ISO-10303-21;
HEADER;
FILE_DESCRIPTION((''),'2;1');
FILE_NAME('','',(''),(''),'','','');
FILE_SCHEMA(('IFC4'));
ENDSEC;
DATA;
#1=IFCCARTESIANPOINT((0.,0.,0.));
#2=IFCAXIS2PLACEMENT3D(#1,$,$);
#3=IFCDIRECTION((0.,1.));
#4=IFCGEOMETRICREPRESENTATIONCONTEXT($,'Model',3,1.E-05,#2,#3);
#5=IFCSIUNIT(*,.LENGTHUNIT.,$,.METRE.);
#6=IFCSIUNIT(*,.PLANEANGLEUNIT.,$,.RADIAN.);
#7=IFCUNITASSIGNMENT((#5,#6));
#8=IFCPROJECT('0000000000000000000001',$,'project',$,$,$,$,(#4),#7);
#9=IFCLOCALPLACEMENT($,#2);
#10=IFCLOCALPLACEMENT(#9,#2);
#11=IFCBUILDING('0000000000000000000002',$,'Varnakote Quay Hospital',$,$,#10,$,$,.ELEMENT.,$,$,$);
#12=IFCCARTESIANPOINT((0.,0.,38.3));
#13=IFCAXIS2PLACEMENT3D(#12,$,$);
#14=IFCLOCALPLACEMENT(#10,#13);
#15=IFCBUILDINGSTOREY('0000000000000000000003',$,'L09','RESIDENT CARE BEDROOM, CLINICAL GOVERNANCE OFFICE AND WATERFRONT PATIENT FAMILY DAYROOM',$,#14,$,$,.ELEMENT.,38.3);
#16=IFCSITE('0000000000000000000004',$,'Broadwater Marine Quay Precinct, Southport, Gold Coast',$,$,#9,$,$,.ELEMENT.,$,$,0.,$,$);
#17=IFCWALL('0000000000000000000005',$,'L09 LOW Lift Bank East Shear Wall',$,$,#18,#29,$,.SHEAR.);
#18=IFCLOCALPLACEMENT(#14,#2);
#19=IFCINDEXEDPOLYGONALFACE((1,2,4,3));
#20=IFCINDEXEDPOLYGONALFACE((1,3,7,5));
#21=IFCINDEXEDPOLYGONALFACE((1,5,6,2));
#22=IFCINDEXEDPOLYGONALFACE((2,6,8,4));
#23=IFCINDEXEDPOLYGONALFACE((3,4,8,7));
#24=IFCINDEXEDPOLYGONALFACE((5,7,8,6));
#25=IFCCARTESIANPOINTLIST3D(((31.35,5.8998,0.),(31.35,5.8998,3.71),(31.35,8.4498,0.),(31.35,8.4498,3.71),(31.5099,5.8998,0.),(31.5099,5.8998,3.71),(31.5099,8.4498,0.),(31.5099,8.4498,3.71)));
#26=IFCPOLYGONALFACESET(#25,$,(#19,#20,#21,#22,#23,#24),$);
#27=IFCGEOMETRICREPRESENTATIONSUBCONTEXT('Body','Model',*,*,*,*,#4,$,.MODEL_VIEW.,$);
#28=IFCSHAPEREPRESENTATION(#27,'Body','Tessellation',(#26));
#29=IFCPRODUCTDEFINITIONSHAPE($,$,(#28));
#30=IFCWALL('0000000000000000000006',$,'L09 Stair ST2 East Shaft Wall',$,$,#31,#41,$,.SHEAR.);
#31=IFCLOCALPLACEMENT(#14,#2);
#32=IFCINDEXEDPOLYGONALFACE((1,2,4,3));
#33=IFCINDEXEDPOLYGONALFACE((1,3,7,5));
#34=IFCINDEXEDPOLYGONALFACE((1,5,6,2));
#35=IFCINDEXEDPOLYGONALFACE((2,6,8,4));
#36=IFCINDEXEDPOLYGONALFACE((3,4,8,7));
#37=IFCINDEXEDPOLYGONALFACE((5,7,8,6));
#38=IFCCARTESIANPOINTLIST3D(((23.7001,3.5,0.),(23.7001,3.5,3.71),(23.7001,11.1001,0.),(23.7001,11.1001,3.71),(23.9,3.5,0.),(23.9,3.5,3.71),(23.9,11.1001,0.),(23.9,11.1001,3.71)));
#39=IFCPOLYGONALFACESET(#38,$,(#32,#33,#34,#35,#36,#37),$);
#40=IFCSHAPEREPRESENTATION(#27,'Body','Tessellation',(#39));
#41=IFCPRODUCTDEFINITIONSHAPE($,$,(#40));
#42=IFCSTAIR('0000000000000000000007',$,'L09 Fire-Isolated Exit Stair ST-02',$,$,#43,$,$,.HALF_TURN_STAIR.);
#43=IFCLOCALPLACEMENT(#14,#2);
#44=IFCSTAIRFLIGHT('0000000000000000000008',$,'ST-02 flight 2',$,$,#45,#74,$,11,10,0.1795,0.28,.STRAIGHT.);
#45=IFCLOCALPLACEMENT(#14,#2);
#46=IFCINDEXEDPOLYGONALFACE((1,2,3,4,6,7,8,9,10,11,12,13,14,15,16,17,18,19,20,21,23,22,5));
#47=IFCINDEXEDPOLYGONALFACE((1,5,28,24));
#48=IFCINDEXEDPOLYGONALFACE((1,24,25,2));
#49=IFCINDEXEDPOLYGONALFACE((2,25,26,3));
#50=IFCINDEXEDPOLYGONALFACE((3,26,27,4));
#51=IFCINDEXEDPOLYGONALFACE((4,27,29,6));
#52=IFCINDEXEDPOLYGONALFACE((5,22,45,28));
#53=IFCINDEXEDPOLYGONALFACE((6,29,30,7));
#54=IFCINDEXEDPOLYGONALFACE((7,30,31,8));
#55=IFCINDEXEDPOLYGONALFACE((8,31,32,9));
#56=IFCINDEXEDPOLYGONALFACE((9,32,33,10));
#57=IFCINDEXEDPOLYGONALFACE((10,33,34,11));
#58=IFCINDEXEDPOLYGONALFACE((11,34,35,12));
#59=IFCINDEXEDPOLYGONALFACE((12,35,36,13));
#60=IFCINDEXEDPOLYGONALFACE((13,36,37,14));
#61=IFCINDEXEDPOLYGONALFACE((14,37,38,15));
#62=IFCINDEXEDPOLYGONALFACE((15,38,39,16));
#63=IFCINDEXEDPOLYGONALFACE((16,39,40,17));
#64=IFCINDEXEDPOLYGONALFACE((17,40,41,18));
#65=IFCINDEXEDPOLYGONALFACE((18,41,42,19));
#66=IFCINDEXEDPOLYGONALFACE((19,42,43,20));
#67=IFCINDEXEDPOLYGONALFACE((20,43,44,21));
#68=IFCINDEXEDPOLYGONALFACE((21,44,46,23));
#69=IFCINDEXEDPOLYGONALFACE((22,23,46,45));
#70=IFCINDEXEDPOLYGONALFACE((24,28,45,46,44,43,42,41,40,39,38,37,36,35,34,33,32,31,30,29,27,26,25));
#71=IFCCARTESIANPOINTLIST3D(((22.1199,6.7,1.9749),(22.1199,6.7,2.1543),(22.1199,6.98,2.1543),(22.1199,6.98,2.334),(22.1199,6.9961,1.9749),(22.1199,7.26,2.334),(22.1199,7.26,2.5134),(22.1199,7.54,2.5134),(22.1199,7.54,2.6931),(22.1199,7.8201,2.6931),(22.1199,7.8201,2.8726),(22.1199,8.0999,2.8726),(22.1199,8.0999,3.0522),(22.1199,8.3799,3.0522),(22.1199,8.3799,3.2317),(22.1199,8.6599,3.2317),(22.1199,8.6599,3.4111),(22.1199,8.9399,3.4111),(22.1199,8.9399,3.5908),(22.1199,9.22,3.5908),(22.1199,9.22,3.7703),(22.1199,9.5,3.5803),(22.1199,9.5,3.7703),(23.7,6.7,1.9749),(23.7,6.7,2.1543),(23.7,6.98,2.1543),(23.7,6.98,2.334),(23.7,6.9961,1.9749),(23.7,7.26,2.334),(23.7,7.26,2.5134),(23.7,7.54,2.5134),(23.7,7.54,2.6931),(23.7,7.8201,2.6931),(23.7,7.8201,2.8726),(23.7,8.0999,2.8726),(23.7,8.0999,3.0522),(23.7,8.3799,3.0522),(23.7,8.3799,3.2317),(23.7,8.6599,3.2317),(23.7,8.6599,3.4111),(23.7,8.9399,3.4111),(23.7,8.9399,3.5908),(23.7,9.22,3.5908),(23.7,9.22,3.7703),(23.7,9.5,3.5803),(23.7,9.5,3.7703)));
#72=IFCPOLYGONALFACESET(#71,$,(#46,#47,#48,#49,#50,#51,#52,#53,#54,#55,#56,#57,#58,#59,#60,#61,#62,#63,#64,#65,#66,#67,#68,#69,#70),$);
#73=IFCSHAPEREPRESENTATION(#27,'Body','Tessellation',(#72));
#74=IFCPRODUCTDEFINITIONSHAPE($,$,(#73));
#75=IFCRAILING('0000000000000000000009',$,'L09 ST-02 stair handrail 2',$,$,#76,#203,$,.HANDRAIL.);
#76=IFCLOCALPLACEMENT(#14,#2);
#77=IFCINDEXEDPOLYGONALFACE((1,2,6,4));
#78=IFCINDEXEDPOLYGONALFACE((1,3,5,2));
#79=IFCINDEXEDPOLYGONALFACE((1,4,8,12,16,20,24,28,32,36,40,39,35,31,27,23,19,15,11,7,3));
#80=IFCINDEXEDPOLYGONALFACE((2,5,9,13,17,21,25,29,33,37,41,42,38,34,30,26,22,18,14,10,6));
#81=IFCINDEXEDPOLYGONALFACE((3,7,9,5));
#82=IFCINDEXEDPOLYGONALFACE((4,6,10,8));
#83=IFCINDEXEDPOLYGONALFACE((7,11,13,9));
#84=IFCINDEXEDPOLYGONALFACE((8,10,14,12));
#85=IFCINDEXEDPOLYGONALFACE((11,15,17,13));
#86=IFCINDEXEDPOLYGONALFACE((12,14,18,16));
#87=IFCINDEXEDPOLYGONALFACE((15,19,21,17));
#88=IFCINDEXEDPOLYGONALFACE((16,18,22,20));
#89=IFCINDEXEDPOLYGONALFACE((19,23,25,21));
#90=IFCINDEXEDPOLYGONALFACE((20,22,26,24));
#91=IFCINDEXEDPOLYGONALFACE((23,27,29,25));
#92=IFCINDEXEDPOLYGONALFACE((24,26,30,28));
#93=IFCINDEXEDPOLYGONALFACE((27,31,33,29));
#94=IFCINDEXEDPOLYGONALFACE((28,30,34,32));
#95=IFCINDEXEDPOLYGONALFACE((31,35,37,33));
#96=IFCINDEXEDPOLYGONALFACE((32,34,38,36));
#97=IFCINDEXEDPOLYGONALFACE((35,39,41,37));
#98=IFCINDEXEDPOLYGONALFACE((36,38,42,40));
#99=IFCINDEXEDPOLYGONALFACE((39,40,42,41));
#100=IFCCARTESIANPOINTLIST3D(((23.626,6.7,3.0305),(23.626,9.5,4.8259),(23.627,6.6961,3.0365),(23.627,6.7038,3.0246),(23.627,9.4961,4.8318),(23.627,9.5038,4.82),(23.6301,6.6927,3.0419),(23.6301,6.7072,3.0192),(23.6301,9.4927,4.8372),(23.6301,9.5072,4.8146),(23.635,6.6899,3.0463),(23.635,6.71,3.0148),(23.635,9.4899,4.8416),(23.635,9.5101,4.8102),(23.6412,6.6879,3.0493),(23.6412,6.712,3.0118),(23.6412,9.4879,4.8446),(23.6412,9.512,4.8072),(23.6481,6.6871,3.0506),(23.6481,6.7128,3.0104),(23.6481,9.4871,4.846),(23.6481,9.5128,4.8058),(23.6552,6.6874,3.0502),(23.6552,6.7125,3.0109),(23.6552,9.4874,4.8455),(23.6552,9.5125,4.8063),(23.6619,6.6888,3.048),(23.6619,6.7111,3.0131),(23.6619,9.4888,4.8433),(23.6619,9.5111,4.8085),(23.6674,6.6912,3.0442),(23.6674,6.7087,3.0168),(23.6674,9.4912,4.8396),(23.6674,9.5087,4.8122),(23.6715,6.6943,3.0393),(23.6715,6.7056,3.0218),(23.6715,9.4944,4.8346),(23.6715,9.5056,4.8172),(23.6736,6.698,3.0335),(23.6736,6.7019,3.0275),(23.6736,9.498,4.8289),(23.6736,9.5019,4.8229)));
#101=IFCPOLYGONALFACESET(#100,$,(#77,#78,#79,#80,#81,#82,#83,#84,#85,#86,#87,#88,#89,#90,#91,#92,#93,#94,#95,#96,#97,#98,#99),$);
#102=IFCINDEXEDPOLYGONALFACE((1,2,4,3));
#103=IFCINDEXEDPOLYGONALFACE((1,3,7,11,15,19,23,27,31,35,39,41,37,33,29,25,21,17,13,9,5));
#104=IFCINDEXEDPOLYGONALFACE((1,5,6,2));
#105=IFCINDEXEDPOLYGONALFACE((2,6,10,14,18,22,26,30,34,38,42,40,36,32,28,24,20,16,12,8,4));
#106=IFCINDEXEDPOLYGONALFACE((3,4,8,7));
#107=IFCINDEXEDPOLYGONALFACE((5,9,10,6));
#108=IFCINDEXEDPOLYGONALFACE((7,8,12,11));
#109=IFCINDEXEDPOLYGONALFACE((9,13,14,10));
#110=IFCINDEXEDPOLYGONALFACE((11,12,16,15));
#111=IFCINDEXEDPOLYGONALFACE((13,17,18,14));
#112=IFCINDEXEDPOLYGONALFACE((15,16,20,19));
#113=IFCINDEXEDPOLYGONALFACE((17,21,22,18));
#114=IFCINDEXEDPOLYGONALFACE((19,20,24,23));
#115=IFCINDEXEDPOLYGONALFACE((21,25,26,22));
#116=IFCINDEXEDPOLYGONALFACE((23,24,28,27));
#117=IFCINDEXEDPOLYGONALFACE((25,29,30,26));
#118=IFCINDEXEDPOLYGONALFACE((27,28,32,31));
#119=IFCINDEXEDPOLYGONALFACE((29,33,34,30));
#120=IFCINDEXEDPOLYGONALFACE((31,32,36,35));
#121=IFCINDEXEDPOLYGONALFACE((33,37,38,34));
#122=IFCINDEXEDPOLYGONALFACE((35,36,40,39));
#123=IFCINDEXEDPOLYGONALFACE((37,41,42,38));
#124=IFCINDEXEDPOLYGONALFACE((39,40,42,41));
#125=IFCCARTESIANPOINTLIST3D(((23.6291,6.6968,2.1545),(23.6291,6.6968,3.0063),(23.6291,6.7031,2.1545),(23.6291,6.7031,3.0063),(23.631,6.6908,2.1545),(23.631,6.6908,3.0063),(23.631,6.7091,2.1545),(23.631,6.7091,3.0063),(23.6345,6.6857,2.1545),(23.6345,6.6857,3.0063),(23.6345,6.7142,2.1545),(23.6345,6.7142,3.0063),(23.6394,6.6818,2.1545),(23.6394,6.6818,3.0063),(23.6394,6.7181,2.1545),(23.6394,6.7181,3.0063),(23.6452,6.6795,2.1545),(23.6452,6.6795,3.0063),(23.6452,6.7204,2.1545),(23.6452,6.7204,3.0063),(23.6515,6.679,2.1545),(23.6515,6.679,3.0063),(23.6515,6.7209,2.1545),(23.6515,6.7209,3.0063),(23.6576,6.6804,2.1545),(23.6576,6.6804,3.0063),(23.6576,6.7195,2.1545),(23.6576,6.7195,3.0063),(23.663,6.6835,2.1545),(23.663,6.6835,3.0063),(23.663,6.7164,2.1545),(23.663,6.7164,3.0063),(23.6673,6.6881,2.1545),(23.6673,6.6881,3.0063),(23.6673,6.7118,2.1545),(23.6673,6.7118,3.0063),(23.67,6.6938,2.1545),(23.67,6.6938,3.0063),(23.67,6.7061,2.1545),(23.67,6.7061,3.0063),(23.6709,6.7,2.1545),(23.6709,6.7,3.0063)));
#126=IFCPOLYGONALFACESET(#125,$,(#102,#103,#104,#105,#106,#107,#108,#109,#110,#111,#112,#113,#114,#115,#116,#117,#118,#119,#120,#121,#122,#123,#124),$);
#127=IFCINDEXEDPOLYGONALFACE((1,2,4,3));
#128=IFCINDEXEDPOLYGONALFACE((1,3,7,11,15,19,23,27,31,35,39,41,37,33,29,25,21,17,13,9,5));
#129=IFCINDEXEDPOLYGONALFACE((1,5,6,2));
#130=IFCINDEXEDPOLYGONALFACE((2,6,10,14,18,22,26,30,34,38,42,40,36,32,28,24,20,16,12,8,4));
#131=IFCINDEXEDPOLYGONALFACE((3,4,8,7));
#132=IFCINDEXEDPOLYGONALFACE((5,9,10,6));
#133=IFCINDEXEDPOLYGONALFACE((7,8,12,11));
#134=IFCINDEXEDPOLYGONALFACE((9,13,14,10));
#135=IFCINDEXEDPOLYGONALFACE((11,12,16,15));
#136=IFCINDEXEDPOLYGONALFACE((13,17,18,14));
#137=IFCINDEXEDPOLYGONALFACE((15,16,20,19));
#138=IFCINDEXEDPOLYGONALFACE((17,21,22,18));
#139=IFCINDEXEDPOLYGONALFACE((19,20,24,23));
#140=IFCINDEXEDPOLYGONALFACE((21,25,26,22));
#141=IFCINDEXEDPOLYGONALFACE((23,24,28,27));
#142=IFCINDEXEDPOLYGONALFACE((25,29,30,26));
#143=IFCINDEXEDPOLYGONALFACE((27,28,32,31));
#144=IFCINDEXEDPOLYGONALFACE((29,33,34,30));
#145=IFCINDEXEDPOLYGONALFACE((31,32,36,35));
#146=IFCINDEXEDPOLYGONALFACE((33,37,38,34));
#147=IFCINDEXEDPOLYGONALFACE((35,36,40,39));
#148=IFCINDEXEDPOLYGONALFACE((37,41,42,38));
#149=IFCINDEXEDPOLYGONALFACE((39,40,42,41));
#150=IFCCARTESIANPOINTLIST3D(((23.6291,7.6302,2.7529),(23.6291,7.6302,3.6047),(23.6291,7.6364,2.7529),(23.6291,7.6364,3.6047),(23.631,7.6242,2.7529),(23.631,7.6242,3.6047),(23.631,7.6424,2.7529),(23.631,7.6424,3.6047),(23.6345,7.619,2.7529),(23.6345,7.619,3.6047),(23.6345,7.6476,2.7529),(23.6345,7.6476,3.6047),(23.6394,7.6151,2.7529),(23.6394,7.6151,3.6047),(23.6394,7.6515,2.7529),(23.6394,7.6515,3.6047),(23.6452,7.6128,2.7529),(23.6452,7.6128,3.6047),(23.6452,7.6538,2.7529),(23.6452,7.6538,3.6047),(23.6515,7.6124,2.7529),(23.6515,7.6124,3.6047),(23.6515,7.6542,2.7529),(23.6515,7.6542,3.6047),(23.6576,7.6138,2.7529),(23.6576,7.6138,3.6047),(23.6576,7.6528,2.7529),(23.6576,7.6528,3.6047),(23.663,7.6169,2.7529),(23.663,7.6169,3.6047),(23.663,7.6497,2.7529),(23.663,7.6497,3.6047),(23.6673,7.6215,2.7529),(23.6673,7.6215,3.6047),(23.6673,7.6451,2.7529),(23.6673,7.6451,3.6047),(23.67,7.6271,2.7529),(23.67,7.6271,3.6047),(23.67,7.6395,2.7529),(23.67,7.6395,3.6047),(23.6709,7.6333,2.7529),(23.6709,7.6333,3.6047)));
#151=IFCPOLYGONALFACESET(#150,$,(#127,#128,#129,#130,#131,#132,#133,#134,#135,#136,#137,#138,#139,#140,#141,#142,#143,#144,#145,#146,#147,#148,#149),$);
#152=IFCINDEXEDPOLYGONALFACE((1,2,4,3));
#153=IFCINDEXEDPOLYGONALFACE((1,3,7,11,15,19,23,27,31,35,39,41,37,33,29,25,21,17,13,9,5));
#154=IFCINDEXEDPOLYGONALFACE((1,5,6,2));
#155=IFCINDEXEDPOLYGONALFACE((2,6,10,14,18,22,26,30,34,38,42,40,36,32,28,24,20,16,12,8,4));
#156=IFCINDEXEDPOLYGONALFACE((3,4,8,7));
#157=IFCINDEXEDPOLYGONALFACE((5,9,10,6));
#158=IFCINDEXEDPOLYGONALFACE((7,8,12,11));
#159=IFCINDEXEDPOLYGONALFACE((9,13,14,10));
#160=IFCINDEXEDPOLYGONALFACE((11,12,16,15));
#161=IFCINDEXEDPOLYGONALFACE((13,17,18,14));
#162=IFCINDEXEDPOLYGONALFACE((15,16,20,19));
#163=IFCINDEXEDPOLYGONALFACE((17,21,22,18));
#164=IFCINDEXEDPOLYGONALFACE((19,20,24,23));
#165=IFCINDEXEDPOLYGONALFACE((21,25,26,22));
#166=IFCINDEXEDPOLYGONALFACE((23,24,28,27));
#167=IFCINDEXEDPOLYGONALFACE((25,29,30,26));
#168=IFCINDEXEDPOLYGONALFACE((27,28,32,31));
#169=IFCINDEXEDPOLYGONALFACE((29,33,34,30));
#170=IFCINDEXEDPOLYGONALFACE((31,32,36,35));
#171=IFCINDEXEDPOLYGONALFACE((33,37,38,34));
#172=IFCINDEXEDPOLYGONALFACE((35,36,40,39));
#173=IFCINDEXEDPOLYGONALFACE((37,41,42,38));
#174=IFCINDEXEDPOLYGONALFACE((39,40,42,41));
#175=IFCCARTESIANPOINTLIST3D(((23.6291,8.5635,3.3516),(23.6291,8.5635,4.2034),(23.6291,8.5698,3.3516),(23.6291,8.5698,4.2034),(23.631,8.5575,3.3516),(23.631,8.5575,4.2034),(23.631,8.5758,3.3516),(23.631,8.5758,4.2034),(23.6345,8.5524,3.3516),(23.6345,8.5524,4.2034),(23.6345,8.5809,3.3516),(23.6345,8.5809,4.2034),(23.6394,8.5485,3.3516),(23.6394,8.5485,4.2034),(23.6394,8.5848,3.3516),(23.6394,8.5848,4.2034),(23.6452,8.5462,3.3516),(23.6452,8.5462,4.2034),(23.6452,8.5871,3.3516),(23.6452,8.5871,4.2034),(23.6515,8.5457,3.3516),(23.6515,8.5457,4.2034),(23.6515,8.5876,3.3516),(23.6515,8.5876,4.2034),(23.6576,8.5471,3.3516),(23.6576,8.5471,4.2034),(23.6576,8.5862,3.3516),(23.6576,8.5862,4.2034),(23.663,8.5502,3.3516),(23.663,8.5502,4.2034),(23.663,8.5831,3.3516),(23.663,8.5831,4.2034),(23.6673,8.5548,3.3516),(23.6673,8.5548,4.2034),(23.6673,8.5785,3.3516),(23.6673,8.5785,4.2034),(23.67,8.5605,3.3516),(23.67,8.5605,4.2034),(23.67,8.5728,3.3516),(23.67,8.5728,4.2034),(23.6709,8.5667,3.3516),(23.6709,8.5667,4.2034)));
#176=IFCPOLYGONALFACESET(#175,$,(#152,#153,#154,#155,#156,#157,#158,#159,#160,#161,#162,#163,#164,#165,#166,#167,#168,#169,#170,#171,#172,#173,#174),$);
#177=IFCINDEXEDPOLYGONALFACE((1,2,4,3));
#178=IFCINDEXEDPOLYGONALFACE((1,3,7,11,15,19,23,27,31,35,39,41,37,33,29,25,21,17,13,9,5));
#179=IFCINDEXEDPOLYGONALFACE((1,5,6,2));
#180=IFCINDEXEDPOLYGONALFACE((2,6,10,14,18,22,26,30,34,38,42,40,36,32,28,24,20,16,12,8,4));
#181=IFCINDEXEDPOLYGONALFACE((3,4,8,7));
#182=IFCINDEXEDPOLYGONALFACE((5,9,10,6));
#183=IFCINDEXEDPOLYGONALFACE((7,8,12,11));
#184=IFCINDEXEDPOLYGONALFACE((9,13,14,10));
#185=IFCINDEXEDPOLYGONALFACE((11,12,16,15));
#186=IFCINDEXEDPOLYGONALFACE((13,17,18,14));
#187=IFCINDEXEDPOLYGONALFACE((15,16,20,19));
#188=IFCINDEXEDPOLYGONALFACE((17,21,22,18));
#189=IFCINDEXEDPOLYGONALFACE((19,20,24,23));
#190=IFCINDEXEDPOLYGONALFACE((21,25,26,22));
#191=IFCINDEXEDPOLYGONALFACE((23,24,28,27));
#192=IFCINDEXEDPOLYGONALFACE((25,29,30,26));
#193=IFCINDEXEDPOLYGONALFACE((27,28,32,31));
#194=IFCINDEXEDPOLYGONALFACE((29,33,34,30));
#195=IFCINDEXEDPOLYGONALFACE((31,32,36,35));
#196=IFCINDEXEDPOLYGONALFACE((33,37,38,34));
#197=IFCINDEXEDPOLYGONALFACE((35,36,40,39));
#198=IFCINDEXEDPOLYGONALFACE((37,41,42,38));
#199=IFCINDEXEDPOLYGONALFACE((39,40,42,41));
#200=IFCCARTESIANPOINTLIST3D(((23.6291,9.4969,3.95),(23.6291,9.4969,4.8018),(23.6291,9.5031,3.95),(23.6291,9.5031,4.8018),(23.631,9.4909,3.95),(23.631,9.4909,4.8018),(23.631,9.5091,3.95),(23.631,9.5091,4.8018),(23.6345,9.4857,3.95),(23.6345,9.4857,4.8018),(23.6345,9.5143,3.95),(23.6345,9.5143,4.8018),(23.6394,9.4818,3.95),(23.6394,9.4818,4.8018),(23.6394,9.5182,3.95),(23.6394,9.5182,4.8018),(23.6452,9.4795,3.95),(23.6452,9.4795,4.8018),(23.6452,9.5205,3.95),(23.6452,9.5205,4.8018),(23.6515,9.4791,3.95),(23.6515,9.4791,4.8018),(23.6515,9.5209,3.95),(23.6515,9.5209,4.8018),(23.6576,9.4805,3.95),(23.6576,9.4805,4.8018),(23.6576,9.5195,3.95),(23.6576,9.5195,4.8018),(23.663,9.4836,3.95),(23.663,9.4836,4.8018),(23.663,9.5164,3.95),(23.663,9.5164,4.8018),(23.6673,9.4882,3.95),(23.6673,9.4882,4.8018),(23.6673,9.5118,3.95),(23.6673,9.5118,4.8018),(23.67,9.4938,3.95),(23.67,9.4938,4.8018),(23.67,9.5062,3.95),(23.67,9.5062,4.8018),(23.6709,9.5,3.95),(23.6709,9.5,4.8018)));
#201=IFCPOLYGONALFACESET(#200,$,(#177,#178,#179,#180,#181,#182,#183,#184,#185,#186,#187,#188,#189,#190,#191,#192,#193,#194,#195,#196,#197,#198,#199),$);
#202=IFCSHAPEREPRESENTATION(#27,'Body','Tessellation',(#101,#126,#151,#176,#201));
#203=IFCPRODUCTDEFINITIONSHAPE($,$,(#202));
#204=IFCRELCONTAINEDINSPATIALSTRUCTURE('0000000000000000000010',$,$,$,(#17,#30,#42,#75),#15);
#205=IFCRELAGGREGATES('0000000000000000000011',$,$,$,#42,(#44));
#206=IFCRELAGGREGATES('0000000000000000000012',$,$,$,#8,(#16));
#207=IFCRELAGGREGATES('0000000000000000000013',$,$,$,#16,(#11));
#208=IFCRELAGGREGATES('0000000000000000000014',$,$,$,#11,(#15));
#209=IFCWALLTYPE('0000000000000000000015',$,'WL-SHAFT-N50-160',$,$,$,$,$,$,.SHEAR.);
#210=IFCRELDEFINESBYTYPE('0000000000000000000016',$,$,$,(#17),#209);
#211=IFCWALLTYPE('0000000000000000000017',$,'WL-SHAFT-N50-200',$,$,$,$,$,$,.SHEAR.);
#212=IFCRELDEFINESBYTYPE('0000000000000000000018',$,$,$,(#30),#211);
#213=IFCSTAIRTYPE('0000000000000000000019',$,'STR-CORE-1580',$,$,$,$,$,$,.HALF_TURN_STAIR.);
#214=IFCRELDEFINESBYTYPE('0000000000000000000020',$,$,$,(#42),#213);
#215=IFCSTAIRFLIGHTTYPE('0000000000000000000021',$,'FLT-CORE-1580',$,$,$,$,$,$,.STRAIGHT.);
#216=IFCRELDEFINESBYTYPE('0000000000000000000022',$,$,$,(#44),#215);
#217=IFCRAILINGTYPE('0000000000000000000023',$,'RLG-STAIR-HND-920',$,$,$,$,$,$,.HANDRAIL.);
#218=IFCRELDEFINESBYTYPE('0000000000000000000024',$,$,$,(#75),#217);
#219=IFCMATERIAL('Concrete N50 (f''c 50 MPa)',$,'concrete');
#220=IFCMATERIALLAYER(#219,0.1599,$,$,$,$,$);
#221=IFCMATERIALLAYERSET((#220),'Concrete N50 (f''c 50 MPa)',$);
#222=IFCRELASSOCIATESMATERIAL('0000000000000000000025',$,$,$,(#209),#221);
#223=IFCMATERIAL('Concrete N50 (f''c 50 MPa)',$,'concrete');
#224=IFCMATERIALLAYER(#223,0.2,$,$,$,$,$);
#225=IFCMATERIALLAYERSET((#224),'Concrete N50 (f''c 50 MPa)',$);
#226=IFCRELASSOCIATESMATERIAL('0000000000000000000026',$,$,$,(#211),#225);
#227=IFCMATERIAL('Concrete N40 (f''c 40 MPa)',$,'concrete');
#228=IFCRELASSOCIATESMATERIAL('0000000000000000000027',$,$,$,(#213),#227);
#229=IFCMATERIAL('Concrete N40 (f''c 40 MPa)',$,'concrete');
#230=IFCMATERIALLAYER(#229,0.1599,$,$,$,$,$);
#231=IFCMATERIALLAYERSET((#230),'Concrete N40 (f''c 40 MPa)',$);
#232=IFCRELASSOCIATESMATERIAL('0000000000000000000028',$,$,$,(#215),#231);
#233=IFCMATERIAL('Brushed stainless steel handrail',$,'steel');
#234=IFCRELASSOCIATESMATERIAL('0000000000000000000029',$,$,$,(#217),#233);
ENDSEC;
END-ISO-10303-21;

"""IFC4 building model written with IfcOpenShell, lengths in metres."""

from ifc_helpers import new_model, si_unit, direction, frame, frame_2d, origin, origin_2d, place, context, subcontext, project, spatial, polyline, rectangle, circle, outline, extrude, material, layer, layer_set, type_object, element, aggregate, save


model = new_model("IFC4")

# Units and contexts
model_context = context("Model", 3, precision=1e-05, world=origin(), true_north=direction((0.0, 1.0)))
body_context = subcontext(model_context, "Body", "Model", "MODEL_VIEW")
ifc_project = project(units=[si_unit("LENGTHUNIT", "METRE"), si_unit("PLANEANGLEUNIT", "RADIAN")], contexts=[model_context])

# Site, building, storey
site_placement = place(None, origin())
site = spatial("IfcSite", under=ifc_project, at=site_placement, Name="Broadwater Marine Quay Precinct, Southport, Gold Coast", CompositionType="ELEMENT", RefElevation=0.0)
building_placement = place(site_placement, origin())
building = spatial("IfcBuilding", under=site, at=building_placement, Name="Varnakote Quay Hospital", CompositionType="ELEMENT")
storey_placement = place(building_placement, frame((0.0, 0.0, 38.3)))
storey = spatial("IfcBuildingStorey", under=building, at=storey_placement, Name="L09", Description="RESIDENT CARE BEDROOM, CLINICAL GOVERNANCE OFFICE AND WATERFRONT PATIENT FAMILY DAYROOM", CompositionType="ELEMENT", Elevation=38.3)

# Wall
ifc_material_1 = material(Name="Concrete N50 (f'c 50 MPa)", Category="concrete")
ifc_layer_1 = layer(ifc_material_1, 0.1599)
ifc_layer_set_1 = layer_set([ifc_layer_1], Name="Concrete N50 (f'c 50 MPa)")
wall_type_1 = type_object("IfcWallType", Name="WL-SHAFT-N50-160", PredefinedType="SHEAR", material=ifc_layer_set_1)
for number, where, z_axis, x_axis, name in (
    (1, (31.4299, 5.8999, 0.0), (0.0, 0.0, 1.0), (0.0, 1.0, 0.0), "L09 LOW Lift Bank East Shear Wall"),
):
    element("IfcWall", number, at=place(storey_placement, frame(where, z_axis=z_axis, x_axis=x_axis)), inside=storey, type_object=wall_type_1, Name=name, PredefinedType="SHEAR", context=body_context, shape_type="SweptSolid", body=[
        extrude(rectangle(XDim=2.55, YDim=0.1599, at=frame_2d((1.2749, 0.0))), origin(), (0.0, 0.0, 1.0), 3.71),
    ])

# Wall
ifc_material_2 = material(Name="Concrete N50 (f'c 50 MPa)", Category="concrete")
ifc_layer_2 = layer(ifc_material_2, 0.2)
ifc_layer_set_2 = layer_set([ifc_layer_2], Name="Concrete N50 (f'c 50 MPa)")
wall_type_2 = type_object("IfcWallType", Name="WL-SHAFT-N50-200", PredefinedType="SHEAR", material=ifc_layer_set_2)
wall_1_placement = place(storey_placement, frame((23.8, 3.5, 0.0), z_axis=(0.0, 0.0, 1.0), x_axis=(0.0, 1.0, 0.0)))
element("IfcWall", 2, at=wall_1_placement, inside=storey, type_object=wall_type_2, Name="L09 Stair ST2 East Shaft Wall", PredefinedType="SHEAR", context=body_context, shape_type="SweptSolid", body=[
    extrude(rectangle(XDim=7.6001, YDim=0.2, at=frame_2d((3.8, 0.0))), origin(), (0.0, 0.0, 1.0), 3.71),
])

# Stair, stair flight
ifc_material_3 = material(Name="Concrete N40 (f'c 40 MPa)", Category="concrete")
stair_type = type_object("IfcStairType", Name="STR-CORE-1580", PredefinedType="HALF_TURN_STAIR", material=ifc_material_3)
stair_placement = place(storey_placement, origin())
stair = element("IfcStair", 3, at=stair_placement, inside=storey, type_object=stair_type, Name="L09 Fire-Isolated Exit Stair ST-02", PredefinedType="HALF_TURN_STAIR")
ifc_material_4 = material(Name="Concrete N40 (f'c 40 MPa)", Category="concrete")
ifc_layer_3 = layer(ifc_material_4, 0.1599)
ifc_layer_set_3 = layer_set([ifc_layer_3], Name="Concrete N40 (f'c 40 MPa)")
stair_flight_type = type_object("IfcStairFlightType", Name="FLT-CORE-1580", PredefinedType="STRAIGHT", material=ifc_layer_set_3)
stair_flight_placement = place(storey_placement, frame((22.9099, 6.7, 1.9749), z_axis=(0.0, 0.0, 1.0), x_axis=(0.0, 1.0, 0.0)))
stair_flight = element("IfcStairFlight", 4, at=stair_flight_placement, type_object=stair_flight_type, Name="ST-02 flight 2", NumberOfRisers=11, NumberOfTreads=10, PredefinedType="STRAIGHT", RiserHeight=0.1795, TreadLength=0.28, context=body_context, shape_type="SweptSolid", body=[
    extrude(outline(polyline([(0.0, 0.0), (0.0, 0.1794), (0.28, 0.1794), (0.28, 0.3591), (0.5601, 0.3591), (0.5601, 0.5386), (0.8401, 0.5386), (0.8401, 0.7183), (1.1201, 0.7183), (1.1201, 0.8977), (1.3999, 0.8977), (1.3999, 1.0774), (1.6799, 1.0774), (1.6799, 1.2568), (1.96, 1.2568), (1.96, 1.4363), (2.24, 1.4363), (2.24, 1.616), (2.52, 1.616), (2.52, 1.7954), (2.8, 1.7954), (2.8, 1.9751), (2.8, 1.6055), (0.2961, 0.0), (0.0, 0.0)])), frame((0.0, 0.79, 0.0), z_axis=(0.0, -1.0, 0.0), x_axis=(1.0, 0.0, 0.0)), (0.0, 0.0, 1.0), 1.5801),
])
aggregate(stair, [stair_flight])

# Railing
ifc_material_5 = material(Name="Brushed stainless steel handrail", Category="steel")
railing_type = type_object("IfcRailingType", Name="RLG-STAIR-HND-920", PredefinedType="HANDRAIL", material=ifc_material_5)
railing_placement = place(storey_placement, frame((23.6499, 6.7, 2.1545)))
element("IfcRailing", 5, at=railing_placement, inside=storey, type_object=railing_type, Name="L09 ST-02 stair handrail 2", PredefinedType="HANDRAIL", context=body_context, shape_type="SweptSolid", body=[
    extrude(circle(Radius=0.0239, at=origin_2d()), frame((0.0, 0.0, 0.876), z_axis=(0.0, 0.84181, 0.539774), x_axis=(-1.0, 0.0, 0.0)), (0.0, 0.0, 1.0), 3.3262),
    extrude(circle(Radius=0.021, at=origin_2d()), origin(), (0.0, 0.0, 1.0), 0.8518),
    extrude(circle(Radius=0.021, at=origin_2d()), frame((0.0, 0.9333, 0.5984)), (0.0, 0.0, 1.0), 0.8518),
    extrude(circle(Radius=0.021, at=origin_2d()), frame((0.0, 1.8667, 1.197)), (0.0, 0.0, 1.0), 0.8518),
    extrude(circle(Radius=0.021, at=origin_2d()), frame((0.0, 2.8, 1.7954)), (0.0, 0.0, 1.0), 0.8518),
])

save(model, "model.ifc")
